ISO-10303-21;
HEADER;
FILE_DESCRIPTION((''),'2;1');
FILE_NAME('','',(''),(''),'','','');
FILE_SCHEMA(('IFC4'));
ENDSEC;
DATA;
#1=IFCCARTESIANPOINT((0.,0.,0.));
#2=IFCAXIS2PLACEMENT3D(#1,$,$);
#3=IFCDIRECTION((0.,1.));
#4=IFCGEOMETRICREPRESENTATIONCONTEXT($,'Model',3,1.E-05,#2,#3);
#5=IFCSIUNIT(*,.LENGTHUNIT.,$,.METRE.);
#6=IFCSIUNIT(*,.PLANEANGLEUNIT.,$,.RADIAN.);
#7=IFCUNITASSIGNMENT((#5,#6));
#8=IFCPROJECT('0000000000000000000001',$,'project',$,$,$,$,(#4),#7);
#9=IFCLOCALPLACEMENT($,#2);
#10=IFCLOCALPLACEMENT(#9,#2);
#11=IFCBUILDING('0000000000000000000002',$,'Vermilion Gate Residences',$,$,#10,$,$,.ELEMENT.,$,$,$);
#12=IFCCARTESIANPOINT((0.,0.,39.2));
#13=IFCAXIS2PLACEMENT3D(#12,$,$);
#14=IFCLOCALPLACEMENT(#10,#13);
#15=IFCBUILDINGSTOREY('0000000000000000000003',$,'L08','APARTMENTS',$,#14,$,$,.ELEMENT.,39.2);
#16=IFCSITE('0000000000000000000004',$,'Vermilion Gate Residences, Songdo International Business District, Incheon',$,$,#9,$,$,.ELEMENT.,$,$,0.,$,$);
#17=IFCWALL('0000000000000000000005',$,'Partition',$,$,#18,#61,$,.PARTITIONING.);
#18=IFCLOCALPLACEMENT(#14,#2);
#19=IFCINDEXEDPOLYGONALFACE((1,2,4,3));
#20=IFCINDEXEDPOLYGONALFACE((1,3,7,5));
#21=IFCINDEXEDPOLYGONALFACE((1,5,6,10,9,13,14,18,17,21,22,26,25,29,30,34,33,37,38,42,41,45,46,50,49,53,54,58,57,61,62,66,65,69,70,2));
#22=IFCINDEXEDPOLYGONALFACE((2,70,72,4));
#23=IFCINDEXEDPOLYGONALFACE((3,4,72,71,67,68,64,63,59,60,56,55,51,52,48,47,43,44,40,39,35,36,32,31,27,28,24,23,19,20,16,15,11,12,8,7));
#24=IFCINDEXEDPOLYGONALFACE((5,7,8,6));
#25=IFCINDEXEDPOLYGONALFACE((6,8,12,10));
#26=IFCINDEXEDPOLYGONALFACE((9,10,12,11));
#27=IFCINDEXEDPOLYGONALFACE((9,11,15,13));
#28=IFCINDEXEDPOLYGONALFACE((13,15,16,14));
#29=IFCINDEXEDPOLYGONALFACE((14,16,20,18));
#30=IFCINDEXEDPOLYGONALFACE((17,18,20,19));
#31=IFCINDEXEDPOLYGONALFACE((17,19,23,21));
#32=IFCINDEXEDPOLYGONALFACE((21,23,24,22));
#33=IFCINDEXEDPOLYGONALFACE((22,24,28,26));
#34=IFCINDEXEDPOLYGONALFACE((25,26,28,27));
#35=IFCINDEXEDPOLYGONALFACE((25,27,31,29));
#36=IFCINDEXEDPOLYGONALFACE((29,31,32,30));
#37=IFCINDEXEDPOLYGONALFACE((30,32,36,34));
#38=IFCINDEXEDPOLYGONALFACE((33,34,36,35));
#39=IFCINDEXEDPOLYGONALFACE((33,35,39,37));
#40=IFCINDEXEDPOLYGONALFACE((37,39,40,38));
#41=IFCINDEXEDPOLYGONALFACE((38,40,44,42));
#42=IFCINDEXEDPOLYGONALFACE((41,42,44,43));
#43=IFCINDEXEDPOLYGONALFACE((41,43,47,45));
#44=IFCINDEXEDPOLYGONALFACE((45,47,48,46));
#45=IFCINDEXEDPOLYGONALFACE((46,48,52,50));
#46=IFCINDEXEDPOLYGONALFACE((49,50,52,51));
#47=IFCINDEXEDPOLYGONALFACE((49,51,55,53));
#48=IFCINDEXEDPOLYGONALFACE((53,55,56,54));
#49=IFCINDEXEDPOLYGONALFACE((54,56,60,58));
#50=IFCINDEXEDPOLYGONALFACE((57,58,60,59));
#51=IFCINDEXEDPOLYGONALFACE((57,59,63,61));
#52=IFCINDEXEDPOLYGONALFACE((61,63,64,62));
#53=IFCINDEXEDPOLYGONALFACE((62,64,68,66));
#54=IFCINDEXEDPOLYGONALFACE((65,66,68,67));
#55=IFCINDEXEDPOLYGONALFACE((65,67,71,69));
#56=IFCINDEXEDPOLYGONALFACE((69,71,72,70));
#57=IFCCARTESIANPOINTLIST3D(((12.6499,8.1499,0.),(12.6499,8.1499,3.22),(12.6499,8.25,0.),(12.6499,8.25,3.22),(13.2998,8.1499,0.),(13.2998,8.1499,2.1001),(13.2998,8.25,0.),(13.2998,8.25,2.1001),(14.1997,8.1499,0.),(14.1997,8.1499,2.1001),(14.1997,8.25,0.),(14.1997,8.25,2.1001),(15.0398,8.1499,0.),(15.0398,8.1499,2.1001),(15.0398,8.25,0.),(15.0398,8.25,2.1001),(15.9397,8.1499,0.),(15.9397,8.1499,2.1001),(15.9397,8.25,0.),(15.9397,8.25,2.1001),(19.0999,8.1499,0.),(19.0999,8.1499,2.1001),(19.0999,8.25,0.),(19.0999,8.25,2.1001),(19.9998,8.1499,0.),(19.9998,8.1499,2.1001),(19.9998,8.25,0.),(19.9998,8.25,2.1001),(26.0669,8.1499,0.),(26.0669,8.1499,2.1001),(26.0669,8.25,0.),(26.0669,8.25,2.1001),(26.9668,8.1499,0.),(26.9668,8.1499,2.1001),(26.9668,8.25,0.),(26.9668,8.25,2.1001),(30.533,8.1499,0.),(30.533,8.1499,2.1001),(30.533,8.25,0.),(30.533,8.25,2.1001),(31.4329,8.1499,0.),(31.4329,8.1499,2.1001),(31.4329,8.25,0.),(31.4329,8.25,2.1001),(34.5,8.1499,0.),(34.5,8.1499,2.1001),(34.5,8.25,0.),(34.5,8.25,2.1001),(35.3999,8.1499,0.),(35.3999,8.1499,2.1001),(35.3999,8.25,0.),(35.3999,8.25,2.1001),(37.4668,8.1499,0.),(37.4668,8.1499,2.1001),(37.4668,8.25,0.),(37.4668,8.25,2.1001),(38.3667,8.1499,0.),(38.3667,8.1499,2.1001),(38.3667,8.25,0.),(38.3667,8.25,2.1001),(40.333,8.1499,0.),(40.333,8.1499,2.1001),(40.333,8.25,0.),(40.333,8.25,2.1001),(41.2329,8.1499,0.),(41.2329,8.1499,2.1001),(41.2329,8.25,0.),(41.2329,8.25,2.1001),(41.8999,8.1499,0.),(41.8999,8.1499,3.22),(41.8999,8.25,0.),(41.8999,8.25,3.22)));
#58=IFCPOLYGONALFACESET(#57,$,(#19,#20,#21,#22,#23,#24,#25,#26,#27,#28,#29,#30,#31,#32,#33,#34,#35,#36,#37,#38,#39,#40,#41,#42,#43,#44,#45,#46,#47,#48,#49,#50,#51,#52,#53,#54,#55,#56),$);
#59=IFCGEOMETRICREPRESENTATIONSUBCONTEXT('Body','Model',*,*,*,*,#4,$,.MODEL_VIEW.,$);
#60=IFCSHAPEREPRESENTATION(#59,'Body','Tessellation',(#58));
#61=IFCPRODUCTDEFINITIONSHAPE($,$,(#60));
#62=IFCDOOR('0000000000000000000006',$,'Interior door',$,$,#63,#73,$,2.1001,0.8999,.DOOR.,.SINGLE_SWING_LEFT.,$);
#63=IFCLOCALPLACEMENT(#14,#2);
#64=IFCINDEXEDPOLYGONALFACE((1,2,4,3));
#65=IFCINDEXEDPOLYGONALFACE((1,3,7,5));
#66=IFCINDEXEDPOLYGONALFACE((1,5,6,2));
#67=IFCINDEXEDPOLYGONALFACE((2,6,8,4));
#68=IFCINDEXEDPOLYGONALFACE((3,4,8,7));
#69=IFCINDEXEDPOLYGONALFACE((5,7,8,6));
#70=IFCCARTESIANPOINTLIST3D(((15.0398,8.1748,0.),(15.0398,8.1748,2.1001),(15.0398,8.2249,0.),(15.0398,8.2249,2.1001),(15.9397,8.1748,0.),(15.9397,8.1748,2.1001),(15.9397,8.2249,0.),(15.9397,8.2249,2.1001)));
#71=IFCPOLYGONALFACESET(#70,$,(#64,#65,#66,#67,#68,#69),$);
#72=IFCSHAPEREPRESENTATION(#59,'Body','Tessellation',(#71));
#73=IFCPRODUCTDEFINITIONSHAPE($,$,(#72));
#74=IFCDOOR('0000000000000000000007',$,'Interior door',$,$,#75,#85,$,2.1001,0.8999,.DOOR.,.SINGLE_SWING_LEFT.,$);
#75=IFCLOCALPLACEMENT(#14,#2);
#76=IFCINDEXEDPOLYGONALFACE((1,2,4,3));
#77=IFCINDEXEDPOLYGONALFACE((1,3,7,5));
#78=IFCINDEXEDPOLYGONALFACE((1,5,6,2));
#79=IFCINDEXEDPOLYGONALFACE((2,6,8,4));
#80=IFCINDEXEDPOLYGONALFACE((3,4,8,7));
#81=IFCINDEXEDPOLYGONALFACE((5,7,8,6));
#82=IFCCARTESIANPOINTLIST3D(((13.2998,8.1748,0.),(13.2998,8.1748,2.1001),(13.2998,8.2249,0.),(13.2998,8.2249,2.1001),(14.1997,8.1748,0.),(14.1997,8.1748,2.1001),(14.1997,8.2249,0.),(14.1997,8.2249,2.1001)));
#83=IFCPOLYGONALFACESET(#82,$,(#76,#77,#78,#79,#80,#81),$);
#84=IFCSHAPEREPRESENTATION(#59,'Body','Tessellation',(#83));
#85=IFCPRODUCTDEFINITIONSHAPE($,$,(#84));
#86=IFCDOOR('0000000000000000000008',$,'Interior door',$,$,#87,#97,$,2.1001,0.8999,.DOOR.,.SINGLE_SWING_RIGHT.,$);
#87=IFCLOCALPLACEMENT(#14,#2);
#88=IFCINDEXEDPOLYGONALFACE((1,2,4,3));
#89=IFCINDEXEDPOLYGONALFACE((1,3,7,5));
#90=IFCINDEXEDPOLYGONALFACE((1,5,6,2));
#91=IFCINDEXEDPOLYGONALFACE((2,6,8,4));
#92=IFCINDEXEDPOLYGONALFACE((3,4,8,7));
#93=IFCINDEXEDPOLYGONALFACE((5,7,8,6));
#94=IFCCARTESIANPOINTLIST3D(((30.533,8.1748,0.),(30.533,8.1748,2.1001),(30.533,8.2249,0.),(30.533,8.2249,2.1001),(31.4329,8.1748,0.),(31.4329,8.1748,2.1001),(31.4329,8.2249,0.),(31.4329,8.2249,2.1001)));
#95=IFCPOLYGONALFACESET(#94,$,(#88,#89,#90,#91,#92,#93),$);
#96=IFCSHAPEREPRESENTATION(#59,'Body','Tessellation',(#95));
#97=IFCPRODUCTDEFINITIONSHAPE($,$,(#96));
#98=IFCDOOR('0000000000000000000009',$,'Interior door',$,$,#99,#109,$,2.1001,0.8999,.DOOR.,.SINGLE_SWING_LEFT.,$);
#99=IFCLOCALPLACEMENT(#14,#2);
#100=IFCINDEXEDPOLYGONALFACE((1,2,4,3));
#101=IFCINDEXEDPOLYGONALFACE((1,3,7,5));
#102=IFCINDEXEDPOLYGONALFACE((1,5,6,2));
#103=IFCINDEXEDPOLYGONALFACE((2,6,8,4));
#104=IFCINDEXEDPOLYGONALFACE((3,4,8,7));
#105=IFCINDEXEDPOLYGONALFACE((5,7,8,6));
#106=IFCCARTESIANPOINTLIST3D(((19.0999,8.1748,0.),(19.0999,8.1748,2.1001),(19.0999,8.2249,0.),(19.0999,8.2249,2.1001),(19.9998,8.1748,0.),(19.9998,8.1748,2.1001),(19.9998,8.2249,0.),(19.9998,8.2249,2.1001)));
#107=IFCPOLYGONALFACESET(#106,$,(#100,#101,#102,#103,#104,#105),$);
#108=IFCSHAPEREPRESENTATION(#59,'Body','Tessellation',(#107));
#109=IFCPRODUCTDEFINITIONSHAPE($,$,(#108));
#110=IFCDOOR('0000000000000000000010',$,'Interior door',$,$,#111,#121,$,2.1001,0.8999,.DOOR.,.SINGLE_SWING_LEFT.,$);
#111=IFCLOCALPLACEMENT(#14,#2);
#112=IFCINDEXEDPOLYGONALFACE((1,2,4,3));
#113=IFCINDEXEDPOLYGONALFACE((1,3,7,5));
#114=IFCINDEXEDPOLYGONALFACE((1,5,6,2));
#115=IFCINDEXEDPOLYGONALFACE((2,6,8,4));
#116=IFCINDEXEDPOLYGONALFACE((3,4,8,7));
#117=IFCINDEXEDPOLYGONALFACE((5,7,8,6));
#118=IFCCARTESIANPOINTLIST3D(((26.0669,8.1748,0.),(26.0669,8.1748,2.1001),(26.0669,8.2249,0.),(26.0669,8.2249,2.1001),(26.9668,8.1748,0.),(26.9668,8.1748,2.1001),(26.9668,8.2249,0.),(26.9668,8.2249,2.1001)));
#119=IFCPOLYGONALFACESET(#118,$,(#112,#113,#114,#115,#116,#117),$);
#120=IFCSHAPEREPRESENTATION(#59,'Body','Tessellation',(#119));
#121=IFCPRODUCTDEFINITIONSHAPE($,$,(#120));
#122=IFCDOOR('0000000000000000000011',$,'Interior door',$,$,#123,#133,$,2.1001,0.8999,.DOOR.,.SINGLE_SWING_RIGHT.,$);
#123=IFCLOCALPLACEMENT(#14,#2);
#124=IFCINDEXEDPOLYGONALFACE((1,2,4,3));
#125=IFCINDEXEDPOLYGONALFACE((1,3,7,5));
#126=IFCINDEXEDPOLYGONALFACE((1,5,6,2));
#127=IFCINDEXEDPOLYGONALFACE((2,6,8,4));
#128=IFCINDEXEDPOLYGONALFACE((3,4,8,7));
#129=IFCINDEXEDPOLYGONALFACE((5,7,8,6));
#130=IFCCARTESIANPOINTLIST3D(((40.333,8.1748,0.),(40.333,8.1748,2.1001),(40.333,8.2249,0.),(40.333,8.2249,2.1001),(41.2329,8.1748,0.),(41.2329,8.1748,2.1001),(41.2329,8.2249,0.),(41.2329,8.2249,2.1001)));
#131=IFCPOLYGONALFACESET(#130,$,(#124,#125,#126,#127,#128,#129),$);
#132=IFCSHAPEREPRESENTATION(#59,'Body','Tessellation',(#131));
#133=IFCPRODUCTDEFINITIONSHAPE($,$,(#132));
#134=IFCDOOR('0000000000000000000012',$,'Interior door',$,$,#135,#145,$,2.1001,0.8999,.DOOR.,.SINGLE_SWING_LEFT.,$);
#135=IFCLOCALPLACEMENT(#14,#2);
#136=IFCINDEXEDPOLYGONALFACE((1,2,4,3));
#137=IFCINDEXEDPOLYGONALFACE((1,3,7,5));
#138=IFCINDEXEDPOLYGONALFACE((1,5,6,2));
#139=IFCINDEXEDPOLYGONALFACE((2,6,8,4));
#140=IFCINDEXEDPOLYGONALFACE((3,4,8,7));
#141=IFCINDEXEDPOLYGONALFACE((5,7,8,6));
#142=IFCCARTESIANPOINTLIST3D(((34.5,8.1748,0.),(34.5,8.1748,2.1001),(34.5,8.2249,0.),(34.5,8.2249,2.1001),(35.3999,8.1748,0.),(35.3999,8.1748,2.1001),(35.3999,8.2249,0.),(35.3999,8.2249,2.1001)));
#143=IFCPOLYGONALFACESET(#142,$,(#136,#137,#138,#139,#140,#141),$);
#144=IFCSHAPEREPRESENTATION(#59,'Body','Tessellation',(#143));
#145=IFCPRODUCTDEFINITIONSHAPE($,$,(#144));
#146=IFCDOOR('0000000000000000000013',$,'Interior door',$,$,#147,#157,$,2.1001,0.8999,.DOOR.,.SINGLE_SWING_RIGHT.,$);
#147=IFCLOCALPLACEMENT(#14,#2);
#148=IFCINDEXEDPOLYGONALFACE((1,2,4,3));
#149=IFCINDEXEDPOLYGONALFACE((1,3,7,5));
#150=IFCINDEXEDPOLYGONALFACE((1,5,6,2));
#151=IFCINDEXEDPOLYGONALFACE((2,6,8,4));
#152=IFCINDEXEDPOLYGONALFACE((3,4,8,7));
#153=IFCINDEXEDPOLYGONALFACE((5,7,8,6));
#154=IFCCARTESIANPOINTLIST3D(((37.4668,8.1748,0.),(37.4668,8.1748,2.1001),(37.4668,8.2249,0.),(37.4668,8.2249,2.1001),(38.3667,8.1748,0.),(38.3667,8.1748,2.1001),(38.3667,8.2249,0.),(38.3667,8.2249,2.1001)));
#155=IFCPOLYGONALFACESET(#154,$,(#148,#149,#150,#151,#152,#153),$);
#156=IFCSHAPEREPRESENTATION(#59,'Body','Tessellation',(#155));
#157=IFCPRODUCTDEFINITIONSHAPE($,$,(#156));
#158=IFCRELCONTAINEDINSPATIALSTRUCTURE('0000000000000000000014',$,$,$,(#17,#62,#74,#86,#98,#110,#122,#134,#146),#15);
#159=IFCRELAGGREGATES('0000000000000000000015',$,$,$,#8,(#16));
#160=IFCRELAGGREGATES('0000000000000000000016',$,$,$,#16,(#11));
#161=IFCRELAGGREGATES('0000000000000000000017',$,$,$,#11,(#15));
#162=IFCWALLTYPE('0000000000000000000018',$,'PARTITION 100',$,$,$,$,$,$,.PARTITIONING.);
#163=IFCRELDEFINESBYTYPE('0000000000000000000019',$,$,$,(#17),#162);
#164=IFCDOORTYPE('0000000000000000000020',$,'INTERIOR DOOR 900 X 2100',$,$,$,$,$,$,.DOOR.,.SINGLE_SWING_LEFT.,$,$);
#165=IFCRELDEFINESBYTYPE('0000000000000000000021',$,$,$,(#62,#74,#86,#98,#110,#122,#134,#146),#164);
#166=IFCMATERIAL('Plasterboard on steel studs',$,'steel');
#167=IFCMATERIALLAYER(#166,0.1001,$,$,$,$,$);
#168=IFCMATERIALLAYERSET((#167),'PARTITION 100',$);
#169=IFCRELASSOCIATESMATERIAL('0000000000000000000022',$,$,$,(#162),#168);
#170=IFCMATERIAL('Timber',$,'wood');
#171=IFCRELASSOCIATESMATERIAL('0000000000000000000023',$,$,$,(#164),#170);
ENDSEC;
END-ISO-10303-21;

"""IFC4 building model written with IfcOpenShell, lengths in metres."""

from ifc_helpers import new_model, si_unit, direction, frame, frame_2d, origin, place, context, subcontext, project, spatial, rectangle, extrude, material, layer, layer_set, type_object, element, fill, save


model = new_model("IFC4")

# Units and contexts
model_context = context("Model", 3, precision=1e-05, world=origin(), true_north=direction((0.0, 1.0)))
body_context = subcontext(model_context, "Body", "Model", "MODEL_VIEW")
ifc_project = project(units=[si_unit("LENGTHUNIT", "METRE"), si_unit("PLANEANGLEUNIT", "RADIAN")], contexts=[model_context])

# Site, building, storey
site_placement = place(None, origin())
site = spatial("IfcSite", under=ifc_project, at=site_placement, Name="Vermilion Gate Residences, Songdo International Business District, Incheon", CompositionType="ELEMENT", RefElevation=0.0)
building_placement = place(site_placement, origin())
building = spatial("IfcBuilding", under=site, at=building_placement, Name="Vermilion Gate Residences", CompositionType="ELEMENT")
storey_placement = place(building_placement, frame((0.0, 0.0, 39.2)))
storey = spatial("IfcBuildingStorey", under=building, at=storey_placement, Name="L08", Description="APARTMENTS", CompositionType="ELEMENT", Elevation=39.2)

# Wall, openings, doors
ifc_material_1 = material(Name="Plasterboard on steel studs", Category="steel")
ifc_layer = layer(ifc_material_1, 0.1001)
ifc_layer_set = layer_set([ifc_layer], Name="PARTITION 100")
wall_type = type_object("IfcWallType", Name="PARTITION 100", PredefinedType="PARTITIONING", material=ifc_layer_set)
ifc_material_2 = material(Name="Timber", Category="wood")
door_type = type_object("IfcDoorType", Name="INTERIOR DOOR 900 X 2100", OperationType="SINGLE_SWING_LEFT", PredefinedType="DOOR", material=ifc_material_2)
wall_1_placement = place(storey_placement, frame((12.6499, 8.2, 0.0), z_axis=(0.0, 0.0, 1.0), x_axis=(1.0, 0.0, 0.0)))
wall_1 = element("IfcWall", 1, at=wall_1_placement, inside=storey, type_object=wall_type, Name="Partition", PredefinedType="PARTITIONING", context=body_context, shape_type="SweptSolid", body=[
    extrude(rectangle(XDim=29.25, YDim=0.1001, at=frame_2d((14.625, 0.0))), origin(), (0.0, 0.0, 1.0), 3.22),
])
opening_1_placement = place(wall_1_placement, frame((2.3899, 0.0, 0.0)))
opening_1 = element("IfcOpeningElement", 2, at=opening_1_placement, cuts=wall_1, PredefinedType="OPENING", context=body_context, shape_type="SweptSolid", body=[
    extrude(rectangle(XDim=0.8999, YDim=2.1001, at=frame_2d((0.45, 1.05))), frame((0.0, 0.0601, 0.0), z_axis=(0.0, -1.0, 0.0), x_axis=(1.0, 0.0, 0.0)), (0.0, 0.0, 1.0), 0.1201),
])
opening_2_placement = place(wall_1_placement, frame((0.6499, 0.0, 0.0)))
opening_2 = element("IfcOpeningElement", 3, at=opening_2_placement, cuts=wall_1, PredefinedType="OPENING", context=body_context, shape_type="SweptSolid", body=[
    extrude(rectangle(XDim=0.8999, YDim=2.1001, at=frame_2d((0.45, 1.05))), frame((0.0, 0.0601, 0.0), z_axis=(0.0, -1.0, 0.0), x_axis=(1.0, 0.0, 0.0)), (0.0, 0.0, 1.0), 0.1201),
])
opening_3_placement = place(wall_1_placement, frame((17.8831, 0.0, 0.0)))
opening_3 = element("IfcOpeningElement", 4, at=opening_3_placement, cuts=wall_1, PredefinedType="OPENING", context=body_context, shape_type="SweptSolid", body=[
    extrude(rectangle(XDim=0.8999, YDim=2.1001, at=frame_2d((0.45, 1.05))), frame((0.0, 0.0601, 0.0), z_axis=(0.0, -1.0, 0.0), x_axis=(1.0, 0.0, 0.0)), (0.0, 0.0, 1.0), 0.1201),
])
opening_4_placement = place(wall_1_placement, frame((6.45, 0.0, 0.0)))
opening_4 = element("IfcOpeningElement", 5, at=opening_4_placement, cuts=wall_1, PredefinedType="OPENING", context=body_context, shape_type="SweptSolid", body=[
    extrude(rectangle(XDim=0.8999, YDim=2.1001, at=frame_2d((0.45, 1.05))), frame((0.0, 0.0601, 0.0), z_axis=(0.0, -1.0, 0.0), x_axis=(1.0, 0.0, 0.0)), (0.0, 0.0, 1.0), 0.1201),
])
opening_5_placement = place(wall_1_placement, frame((13.417, 0.0, 0.0)))
opening_5 = element("IfcOpeningElement", 6, at=opening_5_placement, cuts=wall_1, PredefinedType="OPENING", context=body_context, shape_type="SweptSolid", body=[
    extrude(rectangle(XDim=0.8999, YDim=2.1001, at=frame_2d((0.45, 1.05))), frame((0.0, 0.0601, 0.0), z_axis=(0.0, -1.0, 0.0), x_axis=(1.0, 0.0, 0.0)), (0.0, 0.0, 1.0), 0.1201),
])
opening_6_placement = place(wall_1_placement, frame((27.6831, 0.0, 0.0)))
opening_6 = element("IfcOpeningElement", 7, at=opening_6_placement, cuts=wall_1, PredefinedType="OPENING", context=body_context, shape_type="SweptSolid", body=[
    extrude(rectangle(XDim=0.8999, YDim=2.1001, at=frame_2d((0.45, 1.05))), frame((0.0, 0.0601, 0.0), z_axis=(0.0, -1.0, 0.0), x_axis=(1.0, 0.0, 0.0)), (0.0, 0.0, 1.0), 0.1201),
])
opening_7_placement = place(wall_1_placement, frame((21.8501, 0.0, 0.0)))
opening_7 = element("IfcOpeningElement", 8, at=opening_7_placement, cuts=wall_1, PredefinedType="OPENING", context=body_context, shape_type="SweptSolid", body=[
    extrude(rectangle(XDim=0.8999, YDim=2.1001, at=frame_2d((0.45, 1.05))), frame((0.0, 0.0601, 0.0), z_axis=(0.0, -1.0, 0.0), x_axis=(1.0, 0.0, 0.0)), (0.0, 0.0, 1.0), 0.1201),
])
opening_8_placement = place(wall_1_placement, frame((24.8169, 0.0, 0.0)))
opening_8 = element("IfcOpeningElement", 9, at=opening_8_placement, cuts=wall_1, PredefinedType="OPENING", context=body_context, shape_type="SweptSolid", body=[
    extrude(rectangle(XDim=0.8999, YDim=2.1001, at=frame_2d((0.45, 1.05))), frame((0.0, 0.0601, 0.0), z_axis=(0.0, -1.0, 0.0), x_axis=(1.0, 0.0, 0.0)), (0.0, 0.0, 1.0), 0.1201),
])
door_1_placement = place(opening_1_placement, origin())
door_1 = element("IfcDoor", 10, at=door_1_placement, inside=storey, type_object=door_type, Name="Interior door", OperationType="SINGLE_SWING_LEFT", OverallHeight=2.1001, OverallWidth=0.8999, PredefinedType="DOOR", context=body_context, shape_type="SweptSolid", body=[
    extrude(rectangle(XDim=0.8999, YDim=2.1001, at=frame_2d((0.45, 1.05))), frame((0.0, 0.0249, 0.0), z_axis=(0.0, -1.0, 0.0), x_axis=(1.0, 0.0, 0.0)), (0.0, 0.0, 1.0), 0.05),
])
fill(opening_1, door_1)
door_2_placement = place(opening_2_placement, origin())
door_2 = element("IfcDoor", 11, at=door_2_placement, inside=storey, type_object=door_type, Name="Interior door", OperationType="SINGLE_SWING_LEFT", OverallHeight=2.1001, OverallWidth=0.8999, PredefinedType="DOOR", context=body_context, shape_type="SweptSolid", body=[
    extrude(rectangle(XDim=0.8999, YDim=2.1001, at=frame_2d((0.45, 1.05))), frame((0.0, 0.0249, 0.0), z_axis=(0.0, -1.0, 0.0), x_axis=(1.0, 0.0, 0.0)), (0.0, 0.0, 1.0), 0.05),
])
fill(opening_2, door_2)
door_3_placement = place(opening_3_placement, origin())
door_3 = element("IfcDoor", 12, at=door_3_placement, inside=storey, type_object=door_type, Name="Interior door", OperationType="SINGLE_SWING_RIGHT", OverallHeight=2.1001, OverallWidth=0.8999, PredefinedType="DOOR", context=body_context, shape_type="SweptSolid", body=[
    extrude(rectangle(XDim=0.8999, YDim=2.1001, at=frame_2d((0.45, 1.05))), frame((0.0, 0.0249, 0.0), z_axis=(0.0, -1.0, 0.0), x_axis=(1.0, 0.0, 0.0)), (0.0, 0.0, 1.0), 0.05),
])
fill(opening_3, door_3)
door_4_placement = place(opening_4_placement, origin())
door_4 = element("IfcDoor", 13, at=door_4_placement, inside=storey, type_object=door_type, Name="Interior door", OperationType="SINGLE_SWING_LEFT", OverallHeight=2.1001, OverallWidth=0.8999, PredefinedType="DOOR", context=body_context, shape_type="SweptSolid", body=[
    extrude(rectangle(XDim=0.8999, YDim=2.1001, at=frame_2d((0.45, 1.05))), frame((0.0, 0.0249, 0.0), z_axis=(0.0, -1.0, 0.0), x_axis=(1.0, 0.0, 0.0)), (0.0, 0.0, 1.0), 0.05),
])
fill(opening_4, door_4)
door_5_placement = place(opening_5_placement, origin())
door_5 = element("IfcDoor", 14, at=door_5_placement, inside=storey, type_object=door_type, Name="Interior door", OperationType="SINGLE_SWING_LEFT", OverallHeight=2.1001, OverallWidth=0.8999, PredefinedType="DOOR", context=body_context, shape_type="SweptSolid", body=[
    extrude(rectangle(XDim=0.8999, YDim=2.1001, at=frame_2d((0.45, 1.05))), frame((0.0, 0.0249, 0.0), z_axis=(0.0, -1.0, 0.0), x_axis=(1.0, 0.0, 0.0)), (0.0, 0.0, 1.0), 0.05),
])
fill(opening_5, door_5)
door_6_placement = place(opening_6_placement, origin())
door_6 = element("IfcDoor", 15, at=door_6_placement, inside=storey, type_object=door_type, Name="Interior door", OperationType="SINGLE_SWING_RIGHT", OverallHeight=2.1001, OverallWidth=0.8999, PredefinedType="DOOR", context=body_context, shape_type="SweptSolid", body=[
    extrude(rectangle(XDim=0.8999, YDim=2.1001, at=frame_2d((0.45, 1.05))), frame((0.0, 0.0249, 0.0), z_axis=(0.0, -1.0, 0.0), x_axis=(1.0, 0.0, 0.0)), (0.0, 0.0, 1.0), 0.05),
])
fill(opening_6, door_6)
door_7_placement = place(opening_7_placement, origin())
door_7 = element("IfcDoor", 16, at=door_7_placement, inside=storey, type_object=door_type, Name="Interior door", OperationType="SINGLE_SWING_LEFT", OverallHeight=2.1001, OverallWidth=0.8999, PredefinedType="DOOR", context=body_context, shape_type="SweptSolid", body=[
    extrude(rectangle(XDim=0.8999, YDim=2.1001, at=frame_2d((0.45, 1.05))), frame((0.0, 0.0249, 0.0), z_axis=(0.0, -1.0, 0.0), x_axis=(1.0, 0.0, 0.0)), (0.0, 0.0, 1.0), 0.05),
])
fill(opening_7, door_7)
door_8_placement = place(opening_8_placement, origin())
door_8 = element("IfcDoor", 17, at=door_8_placement, inside=storey, type_object=door_type, Name="Interior door", OperationType="SINGLE_SWING_RIGHT", OverallHeight=2.1001, OverallWidth=0.8999, PredefinedType="DOOR", context=body_context, shape_type="SweptSolid", body=[
    extrude(rectangle(XDim=0.8999, YDim=2.1001, at=frame_2d((0.45, 1.05))), frame((0.0, 0.0249, 0.0), z_axis=(0.0, -1.0, 0.0), x_axis=(1.0, 0.0, 0.0)), (0.0, 0.0, 1.0), 0.05),
])
fill(opening_8, door_8)

save(model, "model.ifc")
